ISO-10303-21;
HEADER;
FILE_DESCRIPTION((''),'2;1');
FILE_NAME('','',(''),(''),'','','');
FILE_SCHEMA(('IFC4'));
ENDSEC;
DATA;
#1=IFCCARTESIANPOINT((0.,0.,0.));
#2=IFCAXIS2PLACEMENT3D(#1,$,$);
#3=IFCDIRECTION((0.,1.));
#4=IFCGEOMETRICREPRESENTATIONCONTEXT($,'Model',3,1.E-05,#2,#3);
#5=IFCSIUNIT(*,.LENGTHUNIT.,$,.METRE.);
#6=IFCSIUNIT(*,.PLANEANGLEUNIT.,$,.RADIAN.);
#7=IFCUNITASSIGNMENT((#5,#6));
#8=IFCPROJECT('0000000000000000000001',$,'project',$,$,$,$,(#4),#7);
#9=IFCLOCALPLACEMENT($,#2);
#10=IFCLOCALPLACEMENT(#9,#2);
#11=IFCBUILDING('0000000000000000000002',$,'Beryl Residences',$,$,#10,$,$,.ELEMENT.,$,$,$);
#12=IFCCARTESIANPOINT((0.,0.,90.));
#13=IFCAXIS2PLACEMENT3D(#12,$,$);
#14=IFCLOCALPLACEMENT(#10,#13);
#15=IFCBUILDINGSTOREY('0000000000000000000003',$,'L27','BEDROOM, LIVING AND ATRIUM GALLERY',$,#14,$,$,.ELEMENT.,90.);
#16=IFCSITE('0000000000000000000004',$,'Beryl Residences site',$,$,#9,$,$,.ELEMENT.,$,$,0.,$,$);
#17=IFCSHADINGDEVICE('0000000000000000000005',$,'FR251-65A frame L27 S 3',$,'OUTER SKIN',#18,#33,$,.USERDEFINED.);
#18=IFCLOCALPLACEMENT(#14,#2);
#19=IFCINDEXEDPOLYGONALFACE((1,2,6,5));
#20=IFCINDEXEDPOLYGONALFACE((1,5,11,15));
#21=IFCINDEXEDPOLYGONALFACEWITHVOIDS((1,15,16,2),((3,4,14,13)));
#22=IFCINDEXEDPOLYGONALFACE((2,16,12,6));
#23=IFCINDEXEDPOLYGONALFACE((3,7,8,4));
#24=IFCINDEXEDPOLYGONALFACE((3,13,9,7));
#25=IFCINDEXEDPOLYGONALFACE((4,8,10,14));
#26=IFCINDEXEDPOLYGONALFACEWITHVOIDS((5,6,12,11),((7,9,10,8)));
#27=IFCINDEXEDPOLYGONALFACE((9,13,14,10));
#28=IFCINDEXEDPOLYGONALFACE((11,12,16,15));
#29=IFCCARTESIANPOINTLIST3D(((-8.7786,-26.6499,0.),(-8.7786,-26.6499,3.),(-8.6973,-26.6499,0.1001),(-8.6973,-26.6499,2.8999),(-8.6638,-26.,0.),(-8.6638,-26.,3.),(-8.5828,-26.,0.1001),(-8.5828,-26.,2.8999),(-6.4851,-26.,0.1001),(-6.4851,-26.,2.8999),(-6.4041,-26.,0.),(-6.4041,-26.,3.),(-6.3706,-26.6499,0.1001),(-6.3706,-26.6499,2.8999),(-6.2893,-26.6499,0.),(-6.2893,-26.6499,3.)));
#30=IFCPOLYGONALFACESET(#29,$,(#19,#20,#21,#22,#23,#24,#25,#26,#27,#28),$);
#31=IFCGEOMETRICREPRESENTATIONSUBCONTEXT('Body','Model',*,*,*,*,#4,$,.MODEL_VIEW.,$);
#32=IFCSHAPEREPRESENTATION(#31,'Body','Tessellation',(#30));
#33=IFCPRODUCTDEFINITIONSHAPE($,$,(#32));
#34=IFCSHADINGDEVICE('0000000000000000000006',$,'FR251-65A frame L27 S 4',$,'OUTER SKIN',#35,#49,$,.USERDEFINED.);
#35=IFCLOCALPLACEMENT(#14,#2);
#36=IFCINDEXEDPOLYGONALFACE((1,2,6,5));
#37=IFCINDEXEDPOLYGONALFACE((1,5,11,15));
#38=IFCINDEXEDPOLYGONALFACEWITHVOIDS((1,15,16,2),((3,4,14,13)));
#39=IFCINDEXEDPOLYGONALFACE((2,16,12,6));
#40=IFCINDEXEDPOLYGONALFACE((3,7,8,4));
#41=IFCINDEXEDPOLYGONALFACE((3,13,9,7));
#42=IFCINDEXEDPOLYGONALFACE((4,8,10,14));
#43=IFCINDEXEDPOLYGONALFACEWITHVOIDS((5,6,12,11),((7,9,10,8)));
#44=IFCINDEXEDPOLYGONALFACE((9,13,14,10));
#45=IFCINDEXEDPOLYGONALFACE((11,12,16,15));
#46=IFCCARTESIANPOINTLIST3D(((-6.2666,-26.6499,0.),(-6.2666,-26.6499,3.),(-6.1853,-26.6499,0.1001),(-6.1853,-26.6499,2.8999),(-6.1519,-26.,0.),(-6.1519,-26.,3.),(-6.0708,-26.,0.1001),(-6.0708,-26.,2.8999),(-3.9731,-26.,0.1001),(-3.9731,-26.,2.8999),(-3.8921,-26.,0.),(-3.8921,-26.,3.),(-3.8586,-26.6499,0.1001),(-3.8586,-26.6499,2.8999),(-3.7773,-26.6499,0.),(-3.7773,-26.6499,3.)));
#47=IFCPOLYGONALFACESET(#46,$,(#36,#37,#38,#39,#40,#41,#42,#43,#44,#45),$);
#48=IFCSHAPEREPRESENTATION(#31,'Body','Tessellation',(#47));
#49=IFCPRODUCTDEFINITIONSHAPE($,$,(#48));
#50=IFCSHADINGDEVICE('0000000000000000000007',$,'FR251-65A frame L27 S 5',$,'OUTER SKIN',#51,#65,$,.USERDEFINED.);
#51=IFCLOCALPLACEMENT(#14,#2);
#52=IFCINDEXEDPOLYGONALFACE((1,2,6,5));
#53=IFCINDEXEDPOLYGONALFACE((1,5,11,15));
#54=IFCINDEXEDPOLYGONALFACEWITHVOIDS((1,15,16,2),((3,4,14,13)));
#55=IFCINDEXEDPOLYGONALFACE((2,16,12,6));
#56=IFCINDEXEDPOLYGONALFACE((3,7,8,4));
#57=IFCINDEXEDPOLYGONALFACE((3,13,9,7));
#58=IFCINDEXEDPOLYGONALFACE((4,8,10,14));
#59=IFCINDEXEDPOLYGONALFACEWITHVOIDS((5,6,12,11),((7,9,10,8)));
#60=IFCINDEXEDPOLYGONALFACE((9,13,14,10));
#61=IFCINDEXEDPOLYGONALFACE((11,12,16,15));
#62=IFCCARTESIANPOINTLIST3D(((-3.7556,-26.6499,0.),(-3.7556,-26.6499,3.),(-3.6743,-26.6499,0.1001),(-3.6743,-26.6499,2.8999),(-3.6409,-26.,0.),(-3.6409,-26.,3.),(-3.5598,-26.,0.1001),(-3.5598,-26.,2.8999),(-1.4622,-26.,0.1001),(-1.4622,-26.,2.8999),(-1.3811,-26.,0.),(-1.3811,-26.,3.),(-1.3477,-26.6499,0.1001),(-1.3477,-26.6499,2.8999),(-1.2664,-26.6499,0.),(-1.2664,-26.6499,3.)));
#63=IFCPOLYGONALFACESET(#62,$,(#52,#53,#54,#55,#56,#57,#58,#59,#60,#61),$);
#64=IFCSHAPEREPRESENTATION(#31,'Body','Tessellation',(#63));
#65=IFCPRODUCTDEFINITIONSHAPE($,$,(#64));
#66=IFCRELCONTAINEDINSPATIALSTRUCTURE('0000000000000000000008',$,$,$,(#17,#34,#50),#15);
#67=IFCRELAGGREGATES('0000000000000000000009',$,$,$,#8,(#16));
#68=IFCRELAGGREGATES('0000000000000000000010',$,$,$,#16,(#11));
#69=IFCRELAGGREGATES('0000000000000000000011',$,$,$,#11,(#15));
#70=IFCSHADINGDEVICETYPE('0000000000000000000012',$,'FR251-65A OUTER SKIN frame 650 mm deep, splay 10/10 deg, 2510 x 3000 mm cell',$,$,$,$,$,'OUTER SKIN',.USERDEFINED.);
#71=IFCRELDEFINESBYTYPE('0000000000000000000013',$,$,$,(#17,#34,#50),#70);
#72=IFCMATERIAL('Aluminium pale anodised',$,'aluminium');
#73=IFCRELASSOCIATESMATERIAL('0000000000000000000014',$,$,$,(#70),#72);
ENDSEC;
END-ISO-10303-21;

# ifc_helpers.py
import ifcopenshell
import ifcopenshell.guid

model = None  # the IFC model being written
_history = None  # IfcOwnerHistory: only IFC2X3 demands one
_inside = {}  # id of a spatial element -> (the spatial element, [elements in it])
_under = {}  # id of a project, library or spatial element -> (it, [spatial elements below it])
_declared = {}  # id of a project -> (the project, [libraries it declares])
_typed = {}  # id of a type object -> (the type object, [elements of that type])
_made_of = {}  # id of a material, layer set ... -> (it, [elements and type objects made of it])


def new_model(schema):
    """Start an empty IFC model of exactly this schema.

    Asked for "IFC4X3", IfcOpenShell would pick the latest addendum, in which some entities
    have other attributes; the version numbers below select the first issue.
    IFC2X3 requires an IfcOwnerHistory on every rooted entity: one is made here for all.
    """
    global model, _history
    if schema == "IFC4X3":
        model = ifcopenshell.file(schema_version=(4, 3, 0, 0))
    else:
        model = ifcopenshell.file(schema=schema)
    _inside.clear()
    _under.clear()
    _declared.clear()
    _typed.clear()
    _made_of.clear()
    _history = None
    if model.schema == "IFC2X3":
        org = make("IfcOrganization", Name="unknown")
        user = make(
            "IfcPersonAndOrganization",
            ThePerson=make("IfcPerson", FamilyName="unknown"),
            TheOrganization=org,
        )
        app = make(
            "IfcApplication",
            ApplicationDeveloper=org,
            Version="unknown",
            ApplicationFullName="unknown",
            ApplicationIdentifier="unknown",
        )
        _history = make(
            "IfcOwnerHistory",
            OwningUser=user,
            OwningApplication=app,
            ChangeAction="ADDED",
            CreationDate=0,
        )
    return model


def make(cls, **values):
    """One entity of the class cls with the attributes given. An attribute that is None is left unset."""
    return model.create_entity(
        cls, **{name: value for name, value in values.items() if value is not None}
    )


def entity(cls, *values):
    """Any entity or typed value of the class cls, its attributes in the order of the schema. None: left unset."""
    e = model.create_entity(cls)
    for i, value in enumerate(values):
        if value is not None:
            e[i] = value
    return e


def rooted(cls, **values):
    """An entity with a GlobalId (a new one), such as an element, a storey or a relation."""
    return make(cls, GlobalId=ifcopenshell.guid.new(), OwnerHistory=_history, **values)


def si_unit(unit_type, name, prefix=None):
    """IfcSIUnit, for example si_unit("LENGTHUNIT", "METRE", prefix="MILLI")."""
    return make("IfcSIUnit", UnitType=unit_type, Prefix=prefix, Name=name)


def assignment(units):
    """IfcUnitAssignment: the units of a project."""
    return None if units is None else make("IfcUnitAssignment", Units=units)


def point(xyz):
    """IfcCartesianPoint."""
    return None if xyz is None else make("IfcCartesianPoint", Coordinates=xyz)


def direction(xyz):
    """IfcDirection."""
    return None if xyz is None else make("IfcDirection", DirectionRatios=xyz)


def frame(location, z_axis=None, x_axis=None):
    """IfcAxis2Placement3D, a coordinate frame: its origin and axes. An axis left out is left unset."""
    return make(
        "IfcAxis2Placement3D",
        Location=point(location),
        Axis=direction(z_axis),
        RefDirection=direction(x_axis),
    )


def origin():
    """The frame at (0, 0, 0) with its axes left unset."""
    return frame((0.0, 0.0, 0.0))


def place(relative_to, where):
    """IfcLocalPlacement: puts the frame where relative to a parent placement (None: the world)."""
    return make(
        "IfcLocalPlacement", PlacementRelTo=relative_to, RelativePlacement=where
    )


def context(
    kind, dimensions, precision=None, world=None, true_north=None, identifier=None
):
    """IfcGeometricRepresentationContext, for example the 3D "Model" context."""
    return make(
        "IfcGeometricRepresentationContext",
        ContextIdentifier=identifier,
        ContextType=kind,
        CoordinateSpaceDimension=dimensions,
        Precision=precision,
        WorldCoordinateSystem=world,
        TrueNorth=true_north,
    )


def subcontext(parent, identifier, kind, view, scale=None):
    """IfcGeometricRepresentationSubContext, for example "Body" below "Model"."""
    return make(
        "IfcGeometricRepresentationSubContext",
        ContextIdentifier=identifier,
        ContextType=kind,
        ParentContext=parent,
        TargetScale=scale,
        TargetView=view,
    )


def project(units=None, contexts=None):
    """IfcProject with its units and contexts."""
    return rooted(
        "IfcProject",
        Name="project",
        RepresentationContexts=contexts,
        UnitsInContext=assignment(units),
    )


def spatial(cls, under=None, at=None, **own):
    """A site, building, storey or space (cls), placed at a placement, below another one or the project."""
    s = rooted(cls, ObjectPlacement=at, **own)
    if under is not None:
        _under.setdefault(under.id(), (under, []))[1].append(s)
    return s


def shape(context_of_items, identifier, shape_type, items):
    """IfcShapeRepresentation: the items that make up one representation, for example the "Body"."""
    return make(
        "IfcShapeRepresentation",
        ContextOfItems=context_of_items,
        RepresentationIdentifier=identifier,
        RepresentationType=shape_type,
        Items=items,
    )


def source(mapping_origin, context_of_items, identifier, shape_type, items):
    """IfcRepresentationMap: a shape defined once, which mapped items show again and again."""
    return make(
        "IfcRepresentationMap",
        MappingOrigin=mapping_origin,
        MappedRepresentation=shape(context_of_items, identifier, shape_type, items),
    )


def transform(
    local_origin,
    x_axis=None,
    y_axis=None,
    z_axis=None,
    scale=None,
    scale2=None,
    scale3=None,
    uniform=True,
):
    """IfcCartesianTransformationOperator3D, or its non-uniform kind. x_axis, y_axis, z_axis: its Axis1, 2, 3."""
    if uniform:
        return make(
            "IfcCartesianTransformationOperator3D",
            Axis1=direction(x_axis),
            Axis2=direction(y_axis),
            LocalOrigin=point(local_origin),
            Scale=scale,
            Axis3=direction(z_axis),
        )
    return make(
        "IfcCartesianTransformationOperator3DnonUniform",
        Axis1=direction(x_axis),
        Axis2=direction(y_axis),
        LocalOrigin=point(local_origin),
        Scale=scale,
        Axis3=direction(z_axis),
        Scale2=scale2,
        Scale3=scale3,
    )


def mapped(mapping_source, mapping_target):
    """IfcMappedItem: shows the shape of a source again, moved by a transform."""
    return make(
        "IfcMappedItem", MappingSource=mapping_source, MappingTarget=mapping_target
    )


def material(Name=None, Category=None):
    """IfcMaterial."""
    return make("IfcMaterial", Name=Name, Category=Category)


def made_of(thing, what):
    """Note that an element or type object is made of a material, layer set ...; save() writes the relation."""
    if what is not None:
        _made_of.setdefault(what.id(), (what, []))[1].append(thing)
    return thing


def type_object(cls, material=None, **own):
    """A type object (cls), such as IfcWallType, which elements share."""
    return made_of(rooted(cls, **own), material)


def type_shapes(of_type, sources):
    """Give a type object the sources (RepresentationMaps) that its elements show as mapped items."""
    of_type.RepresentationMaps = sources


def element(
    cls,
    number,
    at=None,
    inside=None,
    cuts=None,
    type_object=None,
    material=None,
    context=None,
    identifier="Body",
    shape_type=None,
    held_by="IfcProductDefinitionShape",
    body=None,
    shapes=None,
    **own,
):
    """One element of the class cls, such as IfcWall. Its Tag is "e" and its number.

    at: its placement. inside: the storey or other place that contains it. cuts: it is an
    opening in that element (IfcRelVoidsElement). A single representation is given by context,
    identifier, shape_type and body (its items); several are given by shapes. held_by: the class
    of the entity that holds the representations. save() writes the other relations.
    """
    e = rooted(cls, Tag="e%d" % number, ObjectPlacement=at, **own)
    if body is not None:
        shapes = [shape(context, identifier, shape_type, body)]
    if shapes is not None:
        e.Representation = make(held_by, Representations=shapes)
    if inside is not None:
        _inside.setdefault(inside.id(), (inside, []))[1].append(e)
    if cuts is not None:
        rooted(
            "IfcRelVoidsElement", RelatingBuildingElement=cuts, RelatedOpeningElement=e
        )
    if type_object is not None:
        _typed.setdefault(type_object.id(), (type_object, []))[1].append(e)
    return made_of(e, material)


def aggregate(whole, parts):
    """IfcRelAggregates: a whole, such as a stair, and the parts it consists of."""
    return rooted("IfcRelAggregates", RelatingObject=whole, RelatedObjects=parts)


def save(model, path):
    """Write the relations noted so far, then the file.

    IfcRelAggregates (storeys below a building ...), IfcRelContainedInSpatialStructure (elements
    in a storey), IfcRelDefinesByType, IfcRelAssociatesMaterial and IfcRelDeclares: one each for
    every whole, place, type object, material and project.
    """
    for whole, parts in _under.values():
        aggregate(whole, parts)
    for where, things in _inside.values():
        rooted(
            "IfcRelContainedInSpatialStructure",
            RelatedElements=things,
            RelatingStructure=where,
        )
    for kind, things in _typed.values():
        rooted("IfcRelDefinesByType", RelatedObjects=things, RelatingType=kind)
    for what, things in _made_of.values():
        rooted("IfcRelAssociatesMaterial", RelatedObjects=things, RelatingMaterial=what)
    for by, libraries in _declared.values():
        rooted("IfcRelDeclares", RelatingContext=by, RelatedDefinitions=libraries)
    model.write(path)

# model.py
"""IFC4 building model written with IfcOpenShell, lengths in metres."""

from ifc_helpers import new_model, entity, si_unit, direction, frame, origin, place, context, subcontext, project, spatial, source, transform, mapped, material, type_object, type_shapes, element, save


model = new_model("IFC4")

# Units and contexts
model_context = context("Model", 3, precision=1e-05, world=origin(), true_north=direction((0.0, 1.0)))
body_context = subcontext(model_context, "Body", "Model", "MODEL_VIEW")
ifc_project = project(units=[si_unit("LENGTHUNIT", "METRE"), si_unit("PLANEANGLEUNIT", "RADIAN")], contexts=[model_context])

# Site, building, storey
site_placement = place(None, origin())
site = spatial("IfcSite", under=ifc_project, at=site_placement, Name="Beryl Residences site", CompositionType="ELEMENT", RefElevation=0.0)
building_placement = place(site_placement, origin())
building = spatial("IfcBuilding", under=site, at=building_placement, Name="Beryl Residences", CompositionType="ELEMENT")
storey_placement = place(building_placement, frame((0.0, 0.0, 90.0)))
storey = spatial("IfcBuildingStorey", under=building, at=storey_placement, Name="L27", Description="BEDROOM, LIVING AND ATRIUM GALLERY", CompositionType="ELEMENT", Elevation=90.0)

# Shading devices
ifc_material_1 = material(Name="Aluminium pale anodised", Category="aluminium")
shading_device_type = type_object("IfcShadingDeviceType", Name="FR251-65A OUTER SKIN frame 650 mm deep, splay 10/10 deg, 2510 x 3000 mm cell", ElementType="OUTER SKIN", PredefinedType="USERDEFINED", material=ifc_material_1)
cartesian_point_1 = entity("IfcCartesianPoint", [-1.1299, 0.0])
cartesian_point_2 = entity("IfcCartesianPoint", [-1.0488, 0.1001])
cartesian_point_3 = entity("IfcCartesianPoint", [-1.2446, 0.0])
cartesian_point_4 = entity("IfcCartesianPoint", [-1.1633, 0.1001])
shared_shape = source(origin(), body_context, "Body", "SweptSolid", [
    entity("IfcExtrudedAreaSolidTapered", entity("IfcArbitraryProfileDefWithVoids", "AREA", None, entity("IfcPolyline", [cartesian_point_1, entity("IfcCartesianPoint", [1.1299, 0.0]), entity("IfcCartesianPoint", [1.1299, 3.0]), entity("IfcCartesianPoint", [-1.1299, 3.0]), cartesian_point_1]), [entity("IfcPolyline", [cartesian_point_2, entity("IfcCartesianPoint", [1.0488, 0.1001]), entity("IfcCartesianPoint", [1.0488, 2.8999]), entity("IfcCartesianPoint", [-1.0488, 2.8999]), cartesian_point_2])]), entity("IfcAxis2Placement3D", entity("IfcCartesianPoint", [0.0, 0.0, 0.0]), entity("IfcDirection", [0.0, 1.0, 0.0]), entity("IfcDirection", [-1.0, 0.0, 0.0])), entity("IfcDirection", [0.0, 0.0, 1.0]), 0.6499, entity("IfcArbitraryProfileDefWithVoids", "AREA", None, entity("IfcPolyline", [cartesian_point_3, entity("IfcCartesianPoint", [1.2446, 0.0]), entity("IfcCartesianPoint", [1.2446, 3.0]), entity("IfcCartesianPoint", [-1.2446, 3.0]), cartesian_point_3]), [entity("IfcPolyline", [cartesian_point_4, entity("IfcCartesianPoint", [1.1633, 0.1001]), entity("IfcCartesianPoint", [1.1633, 2.8999]), entity("IfcCartesianPoint", [-1.1633, 2.8999]), cartesian_point_4])])),
])
type_shapes(shading_device_type, [shared_shape])
for number, where, z_axis, x_axis, name in (
    (1, (-7.5339, -26.0, 0.0), (0.0, 0.0, 1.0), (-1.0, 0.0, 0.0), "FR251-65A frame L27 S 3"),
    (2, (-5.022, -26.0, 0.0), (0.0, 0.0, 1.0), (-1.0, 0.0, 0.0), "FR251-65A frame L27 S 4"),
    (3, (-2.511, -26.0, 0.0), (0.0, 0.0, 1.0), (-1.0, 0.0, 0.0), "FR251-65A frame L27 S 5"),
):
    element("IfcShadingDevice", number, at=place(storey_placement, frame(where, z_axis=z_axis, x_axis=x_axis)), inside=storey, type_object=shading_device_type, Name=name, ObjectType="OUTER SKIN", PredefinedType="USERDEFINED", context=body_context, shape_type="MappedRepresentation", body=[
        mapped(shared_shape, transform((0.0, 0.0, 0.0))),
    ])

save(model, "model.ifc")
